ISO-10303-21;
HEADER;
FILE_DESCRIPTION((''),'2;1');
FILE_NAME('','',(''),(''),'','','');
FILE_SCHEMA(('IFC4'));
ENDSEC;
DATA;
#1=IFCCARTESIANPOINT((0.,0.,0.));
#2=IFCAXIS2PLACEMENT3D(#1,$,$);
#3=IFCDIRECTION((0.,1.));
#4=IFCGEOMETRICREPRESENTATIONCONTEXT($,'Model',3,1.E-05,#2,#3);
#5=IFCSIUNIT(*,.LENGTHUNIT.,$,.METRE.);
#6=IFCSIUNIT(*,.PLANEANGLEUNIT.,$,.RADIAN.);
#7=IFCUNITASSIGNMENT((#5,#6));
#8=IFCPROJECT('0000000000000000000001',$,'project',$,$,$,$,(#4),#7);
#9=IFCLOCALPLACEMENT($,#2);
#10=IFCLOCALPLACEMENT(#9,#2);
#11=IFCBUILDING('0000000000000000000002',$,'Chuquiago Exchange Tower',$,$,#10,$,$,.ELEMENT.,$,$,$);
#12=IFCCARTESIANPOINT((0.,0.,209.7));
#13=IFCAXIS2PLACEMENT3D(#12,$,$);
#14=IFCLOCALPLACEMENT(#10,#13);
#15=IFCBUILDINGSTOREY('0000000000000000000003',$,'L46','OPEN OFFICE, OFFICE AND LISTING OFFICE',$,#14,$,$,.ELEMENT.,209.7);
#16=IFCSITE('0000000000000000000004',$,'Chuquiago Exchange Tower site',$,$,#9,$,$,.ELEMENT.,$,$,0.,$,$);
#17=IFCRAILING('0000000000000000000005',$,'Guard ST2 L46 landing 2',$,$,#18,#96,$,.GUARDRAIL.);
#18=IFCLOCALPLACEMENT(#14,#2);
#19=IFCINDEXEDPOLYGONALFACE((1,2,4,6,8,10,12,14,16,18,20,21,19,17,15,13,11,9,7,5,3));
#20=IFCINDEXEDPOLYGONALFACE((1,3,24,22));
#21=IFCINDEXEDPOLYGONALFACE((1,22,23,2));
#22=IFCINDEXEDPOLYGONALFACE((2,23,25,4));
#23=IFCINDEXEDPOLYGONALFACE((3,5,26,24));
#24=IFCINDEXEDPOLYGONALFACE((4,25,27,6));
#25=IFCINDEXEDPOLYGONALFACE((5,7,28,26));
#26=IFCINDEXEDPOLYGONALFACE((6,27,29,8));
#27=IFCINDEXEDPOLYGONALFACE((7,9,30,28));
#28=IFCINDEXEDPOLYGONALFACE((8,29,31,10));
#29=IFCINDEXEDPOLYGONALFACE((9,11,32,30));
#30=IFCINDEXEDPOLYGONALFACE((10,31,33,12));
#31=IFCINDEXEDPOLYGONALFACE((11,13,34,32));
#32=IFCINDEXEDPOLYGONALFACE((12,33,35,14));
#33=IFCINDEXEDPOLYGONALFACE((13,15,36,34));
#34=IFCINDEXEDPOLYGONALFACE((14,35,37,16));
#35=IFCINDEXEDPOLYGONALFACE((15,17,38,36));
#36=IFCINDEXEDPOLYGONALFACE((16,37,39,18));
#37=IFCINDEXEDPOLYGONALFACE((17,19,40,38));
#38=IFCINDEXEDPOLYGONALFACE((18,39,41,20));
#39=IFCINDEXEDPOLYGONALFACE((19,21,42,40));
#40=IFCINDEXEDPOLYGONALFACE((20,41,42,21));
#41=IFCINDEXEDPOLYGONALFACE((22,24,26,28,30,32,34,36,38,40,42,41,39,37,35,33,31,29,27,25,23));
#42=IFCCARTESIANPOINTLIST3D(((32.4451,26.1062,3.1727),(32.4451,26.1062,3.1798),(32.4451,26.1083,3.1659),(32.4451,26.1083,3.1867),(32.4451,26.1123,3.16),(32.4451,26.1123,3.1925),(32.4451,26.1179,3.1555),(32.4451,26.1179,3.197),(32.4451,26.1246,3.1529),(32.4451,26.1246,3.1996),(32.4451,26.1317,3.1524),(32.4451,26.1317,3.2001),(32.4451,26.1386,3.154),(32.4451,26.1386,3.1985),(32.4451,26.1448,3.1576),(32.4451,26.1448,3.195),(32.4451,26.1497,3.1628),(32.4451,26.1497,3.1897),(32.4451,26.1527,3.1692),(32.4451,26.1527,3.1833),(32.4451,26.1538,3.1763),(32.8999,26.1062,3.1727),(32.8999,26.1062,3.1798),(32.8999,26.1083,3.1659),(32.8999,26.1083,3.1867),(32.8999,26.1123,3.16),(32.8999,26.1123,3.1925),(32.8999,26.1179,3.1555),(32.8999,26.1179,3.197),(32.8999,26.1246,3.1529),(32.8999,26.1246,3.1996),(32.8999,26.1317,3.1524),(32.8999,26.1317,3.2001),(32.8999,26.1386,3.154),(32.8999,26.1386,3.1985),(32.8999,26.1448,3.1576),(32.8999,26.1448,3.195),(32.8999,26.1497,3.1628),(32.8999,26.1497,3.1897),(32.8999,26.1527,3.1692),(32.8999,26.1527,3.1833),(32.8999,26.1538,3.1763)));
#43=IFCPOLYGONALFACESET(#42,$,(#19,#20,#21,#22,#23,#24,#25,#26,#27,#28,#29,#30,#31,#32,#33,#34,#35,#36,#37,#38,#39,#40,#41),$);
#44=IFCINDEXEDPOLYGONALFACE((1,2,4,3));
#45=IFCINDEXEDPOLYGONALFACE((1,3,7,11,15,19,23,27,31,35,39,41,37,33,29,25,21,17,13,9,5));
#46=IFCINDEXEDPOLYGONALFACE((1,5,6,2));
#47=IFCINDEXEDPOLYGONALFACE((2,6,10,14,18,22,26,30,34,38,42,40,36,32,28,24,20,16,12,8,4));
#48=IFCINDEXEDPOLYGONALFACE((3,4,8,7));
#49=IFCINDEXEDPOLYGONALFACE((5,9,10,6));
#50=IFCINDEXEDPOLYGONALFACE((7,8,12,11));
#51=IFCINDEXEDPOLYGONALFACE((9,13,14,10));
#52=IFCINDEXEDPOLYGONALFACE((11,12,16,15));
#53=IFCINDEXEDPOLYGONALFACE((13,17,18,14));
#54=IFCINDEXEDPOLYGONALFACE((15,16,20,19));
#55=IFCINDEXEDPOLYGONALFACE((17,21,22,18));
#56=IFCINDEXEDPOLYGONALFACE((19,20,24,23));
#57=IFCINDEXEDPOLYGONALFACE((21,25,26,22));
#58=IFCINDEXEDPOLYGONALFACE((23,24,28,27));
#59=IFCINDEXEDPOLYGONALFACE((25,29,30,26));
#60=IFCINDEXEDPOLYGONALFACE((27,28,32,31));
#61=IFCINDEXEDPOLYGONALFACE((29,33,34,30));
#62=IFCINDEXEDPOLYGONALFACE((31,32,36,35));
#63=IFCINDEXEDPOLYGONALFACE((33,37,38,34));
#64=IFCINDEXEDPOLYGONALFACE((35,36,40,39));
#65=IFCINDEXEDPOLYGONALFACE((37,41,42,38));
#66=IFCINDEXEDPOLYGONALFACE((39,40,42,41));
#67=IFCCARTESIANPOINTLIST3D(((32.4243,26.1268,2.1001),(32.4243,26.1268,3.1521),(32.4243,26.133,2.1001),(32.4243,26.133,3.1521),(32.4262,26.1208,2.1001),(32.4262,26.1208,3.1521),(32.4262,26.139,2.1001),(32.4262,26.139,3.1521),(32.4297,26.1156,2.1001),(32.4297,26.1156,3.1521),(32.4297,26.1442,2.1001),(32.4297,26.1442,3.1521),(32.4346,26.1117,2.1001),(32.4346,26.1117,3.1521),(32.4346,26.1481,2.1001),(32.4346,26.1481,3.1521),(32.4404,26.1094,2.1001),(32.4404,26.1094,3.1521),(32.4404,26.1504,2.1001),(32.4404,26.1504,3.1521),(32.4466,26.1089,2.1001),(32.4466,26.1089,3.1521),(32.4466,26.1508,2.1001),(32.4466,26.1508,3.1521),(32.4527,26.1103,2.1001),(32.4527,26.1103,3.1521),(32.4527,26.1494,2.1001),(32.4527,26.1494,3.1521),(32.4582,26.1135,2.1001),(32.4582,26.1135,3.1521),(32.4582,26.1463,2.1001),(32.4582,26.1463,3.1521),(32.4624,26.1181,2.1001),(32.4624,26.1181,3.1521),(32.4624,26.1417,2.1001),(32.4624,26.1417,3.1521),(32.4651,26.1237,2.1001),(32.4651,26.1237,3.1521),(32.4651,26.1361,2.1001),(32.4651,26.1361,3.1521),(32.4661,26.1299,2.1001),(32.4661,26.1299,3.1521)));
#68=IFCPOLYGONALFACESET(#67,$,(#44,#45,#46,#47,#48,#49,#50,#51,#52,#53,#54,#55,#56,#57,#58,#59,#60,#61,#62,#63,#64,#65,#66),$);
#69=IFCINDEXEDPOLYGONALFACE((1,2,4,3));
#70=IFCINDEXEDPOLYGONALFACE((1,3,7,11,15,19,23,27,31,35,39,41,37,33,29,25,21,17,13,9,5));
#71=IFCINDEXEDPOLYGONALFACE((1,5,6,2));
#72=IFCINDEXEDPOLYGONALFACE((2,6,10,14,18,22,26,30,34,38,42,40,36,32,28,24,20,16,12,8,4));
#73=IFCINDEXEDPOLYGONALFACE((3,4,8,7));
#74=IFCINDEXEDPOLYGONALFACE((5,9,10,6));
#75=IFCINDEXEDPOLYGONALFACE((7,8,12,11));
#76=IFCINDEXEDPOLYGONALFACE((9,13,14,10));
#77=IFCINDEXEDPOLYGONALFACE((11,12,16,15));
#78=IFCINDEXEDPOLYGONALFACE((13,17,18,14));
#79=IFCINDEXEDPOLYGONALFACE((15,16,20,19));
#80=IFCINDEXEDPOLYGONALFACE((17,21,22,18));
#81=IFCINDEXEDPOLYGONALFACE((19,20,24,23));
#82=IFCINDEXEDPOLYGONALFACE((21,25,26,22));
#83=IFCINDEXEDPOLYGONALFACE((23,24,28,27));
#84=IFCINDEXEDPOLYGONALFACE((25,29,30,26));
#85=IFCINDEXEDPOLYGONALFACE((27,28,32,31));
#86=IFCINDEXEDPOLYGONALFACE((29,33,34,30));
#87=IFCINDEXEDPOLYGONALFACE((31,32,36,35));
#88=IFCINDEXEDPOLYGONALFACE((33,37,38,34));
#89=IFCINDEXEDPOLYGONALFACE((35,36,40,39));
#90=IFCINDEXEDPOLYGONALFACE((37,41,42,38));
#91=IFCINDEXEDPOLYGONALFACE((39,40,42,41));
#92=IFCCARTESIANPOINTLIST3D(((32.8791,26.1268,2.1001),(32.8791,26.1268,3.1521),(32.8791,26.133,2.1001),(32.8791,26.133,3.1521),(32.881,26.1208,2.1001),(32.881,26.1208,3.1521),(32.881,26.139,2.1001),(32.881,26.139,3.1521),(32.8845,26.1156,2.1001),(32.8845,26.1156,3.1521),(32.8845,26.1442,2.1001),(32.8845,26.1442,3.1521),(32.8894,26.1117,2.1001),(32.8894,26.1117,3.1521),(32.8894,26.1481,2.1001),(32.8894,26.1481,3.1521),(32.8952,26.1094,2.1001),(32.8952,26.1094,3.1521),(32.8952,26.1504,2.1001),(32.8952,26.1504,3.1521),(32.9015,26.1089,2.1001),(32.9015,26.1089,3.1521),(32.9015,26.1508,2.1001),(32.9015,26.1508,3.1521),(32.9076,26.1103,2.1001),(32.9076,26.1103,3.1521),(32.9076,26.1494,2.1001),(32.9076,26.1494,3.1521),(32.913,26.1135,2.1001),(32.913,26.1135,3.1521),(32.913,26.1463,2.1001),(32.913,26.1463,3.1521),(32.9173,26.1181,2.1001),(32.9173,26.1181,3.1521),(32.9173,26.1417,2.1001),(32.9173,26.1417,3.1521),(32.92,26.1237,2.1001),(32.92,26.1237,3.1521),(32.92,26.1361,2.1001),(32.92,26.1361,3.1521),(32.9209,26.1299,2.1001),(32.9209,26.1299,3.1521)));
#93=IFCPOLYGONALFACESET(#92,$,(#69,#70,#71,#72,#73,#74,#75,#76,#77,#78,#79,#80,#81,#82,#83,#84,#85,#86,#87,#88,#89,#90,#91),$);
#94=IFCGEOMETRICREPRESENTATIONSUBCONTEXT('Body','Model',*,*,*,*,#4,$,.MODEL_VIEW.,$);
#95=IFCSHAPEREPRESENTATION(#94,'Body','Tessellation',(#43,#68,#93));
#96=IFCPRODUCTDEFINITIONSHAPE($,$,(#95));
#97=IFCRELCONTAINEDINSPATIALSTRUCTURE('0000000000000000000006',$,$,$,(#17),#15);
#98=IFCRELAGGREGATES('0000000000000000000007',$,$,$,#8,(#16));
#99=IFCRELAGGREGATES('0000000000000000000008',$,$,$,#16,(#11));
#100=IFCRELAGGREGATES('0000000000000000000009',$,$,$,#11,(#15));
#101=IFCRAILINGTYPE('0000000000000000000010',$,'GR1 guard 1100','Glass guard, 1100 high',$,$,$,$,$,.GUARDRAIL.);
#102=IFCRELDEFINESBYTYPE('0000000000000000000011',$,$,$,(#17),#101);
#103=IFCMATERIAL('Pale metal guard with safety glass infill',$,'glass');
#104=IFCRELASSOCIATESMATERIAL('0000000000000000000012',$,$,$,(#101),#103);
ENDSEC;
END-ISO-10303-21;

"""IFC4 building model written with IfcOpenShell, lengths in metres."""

from ifc_helpers import new_model, si_unit, direction, frame, origin, origin_2d, place, context, subcontext, project, spatial, circle, extrude, material, type_object, element, save


model = new_model("IFC4")

# Units and contexts
model_context = context("Model", 3, precision=1e-05, world=origin(), true_north=direction((0.0, 1.0)))
body_context = subcontext(model_context, "Body", "Model", "MODEL_VIEW")
ifc_project = project(units=[si_unit("LENGTHUNIT", "METRE"), si_unit("PLANEANGLEUNIT", "RADIAN")], contexts=[model_context])

# Site, building, storey
site_placement = place(None, origin())
site = spatial("IfcSite", under=ifc_project, at=site_placement, Name="Chuquiago Exchange Tower site", CompositionType="ELEMENT", RefElevation=0.0)
building_placement = place(site_placement, origin())
building = spatial("IfcBuilding", under=site, at=building_placement, Name="Chuquiago Exchange Tower", CompositionType="ELEMENT")
storey_placement = place(building_placement, frame((0.0, 0.0, 209.7)))
storey = spatial("IfcBuildingStorey", under=building, at=storey_placement, Name="L46", Description="OPEN OFFICE, OFFICE AND LISTING OFFICE", CompositionType="ELEMENT", Elevation=209.7)

# Railing
ifc_material_1 = material(Name="Pale metal guard with safety glass infill", Category="glass")
railing_type_1 = type_object("IfcRailingType", Name="GR1 guard 1100", Description="Glass guard, 1100 high", PredefinedType="GUARDRAIL", material=ifc_material_1)
railing_1_placement = place(storey_placement, frame((32.4451, 26.1299, 2.1001)))
element("IfcRailing", 1, at=railing_1_placement, inside=storey, type_object=railing_type_1, Name="Guard ST2 L46 landing 2", PredefinedType="GUARDRAIL", context=body_context, shape_type="SweptSolid", body=[
    extrude(circle(Radius=0.0239, at=origin_2d()), frame((0.0, 0.0, 1.0762), z_axis=(1.0, 0.0, 0.0), x_axis=(0.0, 1.0, 0.0)), (0.0, 0.0, 1.0), 0.4548),
    extrude(circle(Radius=0.021, at=origin_2d()), origin(), (0.0, 0.0, 1.0), 1.052),
    extrude(circle(Radius=0.021, at=origin_2d()), frame((0.4548, 0.0, 0.0)), (0.0, 0.0, 1.0), 1.052),
])

save(model, "model.ifc")
